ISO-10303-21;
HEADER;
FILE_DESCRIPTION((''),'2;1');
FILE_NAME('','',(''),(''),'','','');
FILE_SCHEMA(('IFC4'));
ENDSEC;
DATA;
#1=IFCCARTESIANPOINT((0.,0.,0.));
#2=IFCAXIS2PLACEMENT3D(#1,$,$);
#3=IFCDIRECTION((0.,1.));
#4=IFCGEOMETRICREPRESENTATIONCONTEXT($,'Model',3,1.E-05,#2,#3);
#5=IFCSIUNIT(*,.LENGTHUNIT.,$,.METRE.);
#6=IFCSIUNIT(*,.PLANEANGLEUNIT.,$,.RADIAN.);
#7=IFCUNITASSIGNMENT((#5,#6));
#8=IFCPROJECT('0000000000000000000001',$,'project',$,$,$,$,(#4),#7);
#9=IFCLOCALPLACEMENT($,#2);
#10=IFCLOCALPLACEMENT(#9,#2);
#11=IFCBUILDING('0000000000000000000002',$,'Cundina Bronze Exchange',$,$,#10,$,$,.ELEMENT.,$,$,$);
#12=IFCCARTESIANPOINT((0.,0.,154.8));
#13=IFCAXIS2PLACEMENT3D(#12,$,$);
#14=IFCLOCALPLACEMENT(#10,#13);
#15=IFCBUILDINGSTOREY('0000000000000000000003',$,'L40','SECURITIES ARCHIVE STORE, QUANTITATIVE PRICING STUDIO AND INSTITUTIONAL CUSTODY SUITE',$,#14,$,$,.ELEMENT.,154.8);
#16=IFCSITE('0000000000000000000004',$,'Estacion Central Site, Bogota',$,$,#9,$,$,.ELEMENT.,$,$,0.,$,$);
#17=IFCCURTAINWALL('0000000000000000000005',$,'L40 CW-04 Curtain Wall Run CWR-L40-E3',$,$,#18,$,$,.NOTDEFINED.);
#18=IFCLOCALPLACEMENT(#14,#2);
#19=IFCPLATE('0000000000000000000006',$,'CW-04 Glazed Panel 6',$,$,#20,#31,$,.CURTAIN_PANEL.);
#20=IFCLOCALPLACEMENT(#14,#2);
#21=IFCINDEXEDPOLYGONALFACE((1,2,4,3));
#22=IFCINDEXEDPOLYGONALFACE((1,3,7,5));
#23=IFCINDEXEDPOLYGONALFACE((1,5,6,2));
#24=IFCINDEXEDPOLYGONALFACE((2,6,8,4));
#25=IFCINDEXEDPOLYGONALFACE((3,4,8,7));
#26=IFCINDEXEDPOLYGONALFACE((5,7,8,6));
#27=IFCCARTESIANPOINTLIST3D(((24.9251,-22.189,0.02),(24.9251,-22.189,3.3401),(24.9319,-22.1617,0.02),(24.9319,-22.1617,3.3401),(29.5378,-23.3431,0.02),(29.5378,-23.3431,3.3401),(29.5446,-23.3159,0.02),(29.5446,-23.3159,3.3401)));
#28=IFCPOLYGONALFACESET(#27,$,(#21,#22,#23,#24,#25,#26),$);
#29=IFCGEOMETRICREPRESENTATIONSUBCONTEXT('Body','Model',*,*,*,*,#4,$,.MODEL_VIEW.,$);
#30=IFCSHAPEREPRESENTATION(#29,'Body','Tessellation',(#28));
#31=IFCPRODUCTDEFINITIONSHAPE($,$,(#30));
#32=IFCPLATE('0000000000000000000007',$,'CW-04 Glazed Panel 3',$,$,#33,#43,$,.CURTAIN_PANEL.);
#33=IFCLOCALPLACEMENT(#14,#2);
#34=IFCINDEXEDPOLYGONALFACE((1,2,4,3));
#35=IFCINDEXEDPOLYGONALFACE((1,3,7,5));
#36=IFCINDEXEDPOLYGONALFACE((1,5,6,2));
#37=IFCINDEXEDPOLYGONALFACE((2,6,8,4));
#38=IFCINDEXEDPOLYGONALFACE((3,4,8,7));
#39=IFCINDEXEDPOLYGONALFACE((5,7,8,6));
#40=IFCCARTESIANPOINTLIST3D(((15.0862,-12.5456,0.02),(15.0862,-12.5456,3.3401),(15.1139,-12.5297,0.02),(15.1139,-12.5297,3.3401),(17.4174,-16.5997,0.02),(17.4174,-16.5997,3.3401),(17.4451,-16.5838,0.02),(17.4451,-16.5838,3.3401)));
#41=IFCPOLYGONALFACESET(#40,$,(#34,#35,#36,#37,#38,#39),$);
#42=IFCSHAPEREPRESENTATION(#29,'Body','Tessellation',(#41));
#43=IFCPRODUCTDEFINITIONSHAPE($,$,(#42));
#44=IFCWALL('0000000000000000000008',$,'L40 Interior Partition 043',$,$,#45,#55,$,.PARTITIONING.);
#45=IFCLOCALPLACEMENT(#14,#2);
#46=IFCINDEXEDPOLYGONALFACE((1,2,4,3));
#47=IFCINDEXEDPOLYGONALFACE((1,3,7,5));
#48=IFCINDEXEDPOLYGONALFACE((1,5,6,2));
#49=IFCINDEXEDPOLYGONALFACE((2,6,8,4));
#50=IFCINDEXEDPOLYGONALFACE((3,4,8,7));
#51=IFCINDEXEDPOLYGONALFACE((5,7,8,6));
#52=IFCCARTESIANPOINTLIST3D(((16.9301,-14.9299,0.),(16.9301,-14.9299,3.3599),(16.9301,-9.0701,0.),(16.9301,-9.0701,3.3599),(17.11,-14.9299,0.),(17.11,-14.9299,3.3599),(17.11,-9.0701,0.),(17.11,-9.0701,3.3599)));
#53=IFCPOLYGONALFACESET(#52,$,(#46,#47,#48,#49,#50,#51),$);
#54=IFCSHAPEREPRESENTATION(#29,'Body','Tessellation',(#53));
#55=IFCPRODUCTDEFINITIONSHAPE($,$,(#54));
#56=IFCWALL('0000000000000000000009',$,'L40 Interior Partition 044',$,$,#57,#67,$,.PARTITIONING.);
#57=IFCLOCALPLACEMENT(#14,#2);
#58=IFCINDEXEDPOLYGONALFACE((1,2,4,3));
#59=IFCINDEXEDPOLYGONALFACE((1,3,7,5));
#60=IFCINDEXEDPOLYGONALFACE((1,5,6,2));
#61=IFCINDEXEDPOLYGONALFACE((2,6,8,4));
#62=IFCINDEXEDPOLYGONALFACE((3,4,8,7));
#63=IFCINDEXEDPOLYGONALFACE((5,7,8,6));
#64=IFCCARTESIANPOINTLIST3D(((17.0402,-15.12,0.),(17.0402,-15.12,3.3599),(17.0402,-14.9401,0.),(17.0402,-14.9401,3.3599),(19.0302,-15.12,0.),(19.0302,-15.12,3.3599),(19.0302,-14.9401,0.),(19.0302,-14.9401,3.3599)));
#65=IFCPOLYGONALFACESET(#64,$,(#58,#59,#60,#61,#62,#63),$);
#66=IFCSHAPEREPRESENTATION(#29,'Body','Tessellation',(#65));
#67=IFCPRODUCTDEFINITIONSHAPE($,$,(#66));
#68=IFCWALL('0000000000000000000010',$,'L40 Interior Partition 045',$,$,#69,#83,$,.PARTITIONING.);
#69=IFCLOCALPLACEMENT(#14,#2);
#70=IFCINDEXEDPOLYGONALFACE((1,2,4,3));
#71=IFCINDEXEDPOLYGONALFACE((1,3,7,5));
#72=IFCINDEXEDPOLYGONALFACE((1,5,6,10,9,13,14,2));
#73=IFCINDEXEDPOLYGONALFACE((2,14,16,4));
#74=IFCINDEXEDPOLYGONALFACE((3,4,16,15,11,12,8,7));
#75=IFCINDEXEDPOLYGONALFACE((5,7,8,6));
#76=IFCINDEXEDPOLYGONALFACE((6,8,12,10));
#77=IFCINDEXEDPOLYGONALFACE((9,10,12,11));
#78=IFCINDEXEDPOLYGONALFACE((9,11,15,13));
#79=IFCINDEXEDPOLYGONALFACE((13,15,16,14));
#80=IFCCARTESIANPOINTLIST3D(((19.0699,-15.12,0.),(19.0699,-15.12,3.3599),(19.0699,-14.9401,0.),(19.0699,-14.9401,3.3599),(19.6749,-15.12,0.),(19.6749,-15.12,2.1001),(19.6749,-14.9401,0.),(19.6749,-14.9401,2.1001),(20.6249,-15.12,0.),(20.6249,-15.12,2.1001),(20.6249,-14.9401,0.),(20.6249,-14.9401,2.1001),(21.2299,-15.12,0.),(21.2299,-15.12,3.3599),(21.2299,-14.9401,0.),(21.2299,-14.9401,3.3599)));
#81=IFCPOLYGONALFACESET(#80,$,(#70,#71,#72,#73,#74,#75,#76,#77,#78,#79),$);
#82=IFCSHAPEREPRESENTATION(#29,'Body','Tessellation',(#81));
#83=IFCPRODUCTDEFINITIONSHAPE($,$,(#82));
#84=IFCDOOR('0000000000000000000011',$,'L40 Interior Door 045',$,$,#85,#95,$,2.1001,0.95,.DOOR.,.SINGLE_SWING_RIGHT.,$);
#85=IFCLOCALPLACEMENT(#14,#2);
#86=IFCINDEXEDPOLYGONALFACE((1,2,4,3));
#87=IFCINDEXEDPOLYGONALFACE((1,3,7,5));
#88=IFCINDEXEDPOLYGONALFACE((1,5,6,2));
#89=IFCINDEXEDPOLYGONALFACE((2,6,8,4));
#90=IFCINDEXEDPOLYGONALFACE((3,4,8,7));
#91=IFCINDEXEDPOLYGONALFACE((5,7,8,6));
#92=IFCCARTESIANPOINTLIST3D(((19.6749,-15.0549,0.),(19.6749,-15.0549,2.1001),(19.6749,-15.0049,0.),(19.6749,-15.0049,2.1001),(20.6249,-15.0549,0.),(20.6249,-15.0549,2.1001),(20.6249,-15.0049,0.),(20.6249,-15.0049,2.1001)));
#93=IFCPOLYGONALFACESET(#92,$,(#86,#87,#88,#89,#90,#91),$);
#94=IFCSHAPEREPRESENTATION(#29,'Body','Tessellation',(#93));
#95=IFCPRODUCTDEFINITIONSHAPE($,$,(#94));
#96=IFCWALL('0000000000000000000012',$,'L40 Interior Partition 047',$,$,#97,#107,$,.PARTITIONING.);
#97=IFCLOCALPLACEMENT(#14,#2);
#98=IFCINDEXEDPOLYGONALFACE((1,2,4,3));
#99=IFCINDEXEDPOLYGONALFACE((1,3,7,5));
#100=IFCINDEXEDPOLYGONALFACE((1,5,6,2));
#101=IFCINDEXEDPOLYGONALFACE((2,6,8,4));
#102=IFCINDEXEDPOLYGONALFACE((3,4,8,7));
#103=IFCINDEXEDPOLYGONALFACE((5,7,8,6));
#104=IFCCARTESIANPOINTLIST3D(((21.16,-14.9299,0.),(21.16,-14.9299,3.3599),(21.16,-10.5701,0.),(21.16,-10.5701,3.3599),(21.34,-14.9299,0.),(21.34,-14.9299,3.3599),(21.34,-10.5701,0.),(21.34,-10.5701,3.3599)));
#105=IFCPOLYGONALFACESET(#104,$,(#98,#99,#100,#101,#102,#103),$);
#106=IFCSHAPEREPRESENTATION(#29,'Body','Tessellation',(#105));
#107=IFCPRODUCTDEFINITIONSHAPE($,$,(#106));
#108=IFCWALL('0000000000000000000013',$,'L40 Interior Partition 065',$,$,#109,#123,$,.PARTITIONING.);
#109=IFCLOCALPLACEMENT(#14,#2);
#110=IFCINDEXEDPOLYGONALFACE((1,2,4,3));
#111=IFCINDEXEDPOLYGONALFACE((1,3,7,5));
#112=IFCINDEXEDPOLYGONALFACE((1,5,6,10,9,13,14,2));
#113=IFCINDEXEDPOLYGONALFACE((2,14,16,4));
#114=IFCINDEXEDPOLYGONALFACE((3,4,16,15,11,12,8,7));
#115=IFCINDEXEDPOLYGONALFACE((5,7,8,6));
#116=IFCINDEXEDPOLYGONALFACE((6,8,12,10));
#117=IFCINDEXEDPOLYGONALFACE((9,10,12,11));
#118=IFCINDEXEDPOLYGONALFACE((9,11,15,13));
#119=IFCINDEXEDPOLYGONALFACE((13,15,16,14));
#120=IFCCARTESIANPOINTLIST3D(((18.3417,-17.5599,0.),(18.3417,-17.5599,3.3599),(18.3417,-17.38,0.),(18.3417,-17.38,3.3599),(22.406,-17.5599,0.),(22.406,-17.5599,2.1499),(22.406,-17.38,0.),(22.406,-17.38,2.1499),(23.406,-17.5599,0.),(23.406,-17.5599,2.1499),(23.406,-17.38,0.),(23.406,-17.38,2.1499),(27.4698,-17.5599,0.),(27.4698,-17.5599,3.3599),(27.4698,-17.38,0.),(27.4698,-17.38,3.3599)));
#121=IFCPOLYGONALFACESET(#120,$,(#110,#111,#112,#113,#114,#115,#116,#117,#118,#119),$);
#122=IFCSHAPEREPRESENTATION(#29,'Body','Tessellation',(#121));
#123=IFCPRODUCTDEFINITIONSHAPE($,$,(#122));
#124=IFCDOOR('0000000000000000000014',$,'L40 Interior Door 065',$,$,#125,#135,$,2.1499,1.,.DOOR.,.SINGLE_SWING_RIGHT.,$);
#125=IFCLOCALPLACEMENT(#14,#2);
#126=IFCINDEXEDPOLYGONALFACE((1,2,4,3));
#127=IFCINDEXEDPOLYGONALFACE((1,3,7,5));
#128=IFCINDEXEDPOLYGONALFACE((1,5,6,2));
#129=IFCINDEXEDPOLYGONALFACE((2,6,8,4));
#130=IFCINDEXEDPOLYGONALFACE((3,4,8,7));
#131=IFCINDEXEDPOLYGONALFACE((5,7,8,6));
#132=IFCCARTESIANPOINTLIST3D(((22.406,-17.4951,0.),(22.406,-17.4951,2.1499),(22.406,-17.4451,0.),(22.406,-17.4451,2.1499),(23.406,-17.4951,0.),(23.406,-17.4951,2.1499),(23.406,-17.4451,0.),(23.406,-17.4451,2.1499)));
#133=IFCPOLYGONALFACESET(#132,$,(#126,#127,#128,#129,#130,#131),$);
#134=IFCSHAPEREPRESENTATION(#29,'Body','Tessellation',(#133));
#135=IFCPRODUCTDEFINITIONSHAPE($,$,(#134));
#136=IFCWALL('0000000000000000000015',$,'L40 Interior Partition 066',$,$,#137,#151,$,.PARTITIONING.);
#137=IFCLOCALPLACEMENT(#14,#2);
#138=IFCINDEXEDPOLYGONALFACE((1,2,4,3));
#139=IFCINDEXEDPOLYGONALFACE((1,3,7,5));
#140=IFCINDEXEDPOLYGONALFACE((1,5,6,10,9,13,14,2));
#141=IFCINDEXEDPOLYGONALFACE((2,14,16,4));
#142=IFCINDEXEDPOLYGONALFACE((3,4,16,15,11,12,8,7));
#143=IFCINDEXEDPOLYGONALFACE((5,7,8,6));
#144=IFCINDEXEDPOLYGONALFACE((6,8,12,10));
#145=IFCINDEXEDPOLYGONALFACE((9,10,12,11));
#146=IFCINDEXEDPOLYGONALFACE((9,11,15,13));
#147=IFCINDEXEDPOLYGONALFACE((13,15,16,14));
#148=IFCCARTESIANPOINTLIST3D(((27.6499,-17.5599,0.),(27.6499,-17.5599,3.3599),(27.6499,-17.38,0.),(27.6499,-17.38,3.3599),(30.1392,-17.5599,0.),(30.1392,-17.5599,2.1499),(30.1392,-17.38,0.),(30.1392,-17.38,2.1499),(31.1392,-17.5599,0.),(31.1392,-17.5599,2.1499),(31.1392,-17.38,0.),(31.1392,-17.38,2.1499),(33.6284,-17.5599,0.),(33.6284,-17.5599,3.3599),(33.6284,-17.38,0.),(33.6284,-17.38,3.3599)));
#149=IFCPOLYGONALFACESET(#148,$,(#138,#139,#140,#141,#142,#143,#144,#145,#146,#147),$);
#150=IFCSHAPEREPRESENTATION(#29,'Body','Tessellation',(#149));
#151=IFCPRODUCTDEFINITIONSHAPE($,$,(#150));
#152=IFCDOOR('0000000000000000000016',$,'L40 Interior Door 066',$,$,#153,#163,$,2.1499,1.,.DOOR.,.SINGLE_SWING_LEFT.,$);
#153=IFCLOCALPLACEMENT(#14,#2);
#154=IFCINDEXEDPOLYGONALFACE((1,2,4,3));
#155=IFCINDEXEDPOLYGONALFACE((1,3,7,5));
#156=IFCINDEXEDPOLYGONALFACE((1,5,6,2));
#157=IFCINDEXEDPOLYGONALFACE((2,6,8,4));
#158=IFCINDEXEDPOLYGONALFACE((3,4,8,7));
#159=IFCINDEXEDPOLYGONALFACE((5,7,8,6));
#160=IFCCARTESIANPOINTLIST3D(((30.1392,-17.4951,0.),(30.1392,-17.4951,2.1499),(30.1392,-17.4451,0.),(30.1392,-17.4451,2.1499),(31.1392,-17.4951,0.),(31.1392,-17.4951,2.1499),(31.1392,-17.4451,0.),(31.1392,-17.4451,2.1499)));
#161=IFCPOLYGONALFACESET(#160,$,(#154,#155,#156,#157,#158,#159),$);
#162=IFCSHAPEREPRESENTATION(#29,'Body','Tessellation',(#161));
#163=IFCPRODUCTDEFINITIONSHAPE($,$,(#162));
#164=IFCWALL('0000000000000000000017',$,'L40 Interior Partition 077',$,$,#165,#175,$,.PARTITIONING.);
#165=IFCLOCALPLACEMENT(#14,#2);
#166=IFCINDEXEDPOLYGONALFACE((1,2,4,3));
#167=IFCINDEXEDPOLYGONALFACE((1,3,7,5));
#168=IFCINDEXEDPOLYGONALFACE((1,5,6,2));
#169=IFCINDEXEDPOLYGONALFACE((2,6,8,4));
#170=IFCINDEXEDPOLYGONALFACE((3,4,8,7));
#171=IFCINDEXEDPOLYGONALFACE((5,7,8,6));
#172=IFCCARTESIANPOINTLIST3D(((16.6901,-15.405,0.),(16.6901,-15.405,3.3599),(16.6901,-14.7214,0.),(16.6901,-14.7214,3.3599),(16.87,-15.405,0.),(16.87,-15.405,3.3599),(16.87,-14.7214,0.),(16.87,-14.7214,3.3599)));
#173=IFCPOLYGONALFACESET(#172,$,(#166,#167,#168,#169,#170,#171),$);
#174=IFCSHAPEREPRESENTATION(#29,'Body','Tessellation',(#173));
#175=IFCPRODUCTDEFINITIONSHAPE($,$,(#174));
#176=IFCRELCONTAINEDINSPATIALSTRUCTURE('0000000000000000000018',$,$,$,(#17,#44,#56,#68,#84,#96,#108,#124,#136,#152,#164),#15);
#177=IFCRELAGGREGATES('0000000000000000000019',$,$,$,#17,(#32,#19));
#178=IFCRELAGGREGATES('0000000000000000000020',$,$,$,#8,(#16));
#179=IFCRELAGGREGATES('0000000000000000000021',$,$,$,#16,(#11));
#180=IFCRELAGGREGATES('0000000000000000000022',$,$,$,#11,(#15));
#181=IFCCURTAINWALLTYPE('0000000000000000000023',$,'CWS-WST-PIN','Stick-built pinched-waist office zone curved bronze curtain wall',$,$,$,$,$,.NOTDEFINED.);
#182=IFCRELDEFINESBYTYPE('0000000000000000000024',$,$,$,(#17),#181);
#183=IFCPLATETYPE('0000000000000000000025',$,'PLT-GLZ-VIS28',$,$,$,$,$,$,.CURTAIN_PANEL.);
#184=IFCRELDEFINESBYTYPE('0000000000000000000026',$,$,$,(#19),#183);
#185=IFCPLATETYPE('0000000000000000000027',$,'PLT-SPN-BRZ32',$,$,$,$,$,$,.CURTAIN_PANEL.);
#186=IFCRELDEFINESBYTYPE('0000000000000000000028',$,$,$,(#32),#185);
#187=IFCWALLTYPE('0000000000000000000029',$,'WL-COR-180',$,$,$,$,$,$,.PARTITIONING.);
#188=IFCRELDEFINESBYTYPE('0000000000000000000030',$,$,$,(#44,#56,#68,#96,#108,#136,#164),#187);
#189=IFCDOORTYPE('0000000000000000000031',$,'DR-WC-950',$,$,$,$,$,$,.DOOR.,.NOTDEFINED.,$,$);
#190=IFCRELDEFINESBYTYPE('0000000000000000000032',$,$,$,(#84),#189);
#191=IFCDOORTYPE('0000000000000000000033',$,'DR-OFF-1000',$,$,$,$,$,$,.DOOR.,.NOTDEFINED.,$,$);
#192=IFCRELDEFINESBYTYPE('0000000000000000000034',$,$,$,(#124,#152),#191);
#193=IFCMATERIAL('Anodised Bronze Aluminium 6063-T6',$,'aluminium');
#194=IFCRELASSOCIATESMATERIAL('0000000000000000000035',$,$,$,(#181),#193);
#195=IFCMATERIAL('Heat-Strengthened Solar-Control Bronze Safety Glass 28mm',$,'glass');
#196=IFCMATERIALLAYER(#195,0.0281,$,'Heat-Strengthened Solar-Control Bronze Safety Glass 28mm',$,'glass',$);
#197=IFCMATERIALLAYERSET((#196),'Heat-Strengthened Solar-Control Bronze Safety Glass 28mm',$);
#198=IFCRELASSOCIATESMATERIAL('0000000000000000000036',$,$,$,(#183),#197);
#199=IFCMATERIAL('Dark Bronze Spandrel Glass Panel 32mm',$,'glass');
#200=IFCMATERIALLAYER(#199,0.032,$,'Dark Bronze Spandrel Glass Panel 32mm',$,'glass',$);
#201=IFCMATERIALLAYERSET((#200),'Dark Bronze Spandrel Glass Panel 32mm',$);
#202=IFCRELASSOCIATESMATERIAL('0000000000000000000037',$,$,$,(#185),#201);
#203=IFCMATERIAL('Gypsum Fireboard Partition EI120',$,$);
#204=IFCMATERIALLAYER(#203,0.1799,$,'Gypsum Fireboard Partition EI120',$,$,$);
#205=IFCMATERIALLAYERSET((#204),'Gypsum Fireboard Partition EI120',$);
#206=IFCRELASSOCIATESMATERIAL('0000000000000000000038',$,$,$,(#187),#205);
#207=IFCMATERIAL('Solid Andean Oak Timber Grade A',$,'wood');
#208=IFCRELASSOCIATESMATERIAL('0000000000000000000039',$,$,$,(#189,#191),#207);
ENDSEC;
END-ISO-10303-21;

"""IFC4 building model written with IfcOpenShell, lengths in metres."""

from ifc_helpers import new_model, si_unit, direction, frame, frame_2d, origin, origin_2d, place, context, subcontext, project, spatial, rectangle, extrude, material, layer, layer_set, type_object, element, fill, aggregate, save


model = new_model("IFC4")

# Units and contexts
model_context = context("Model", 3, precision=1e-05, world=origin(), true_north=direction((0.0, 1.0)))
body_context = subcontext(model_context, "Body", "Model", "MODEL_VIEW")
ifc_project = project(units=[si_unit("LENGTHUNIT", "METRE"), si_unit("PLANEANGLEUNIT", "RADIAN")], contexts=[model_context])

# Site, building, storey
site_placement = place(None, origin())
site = spatial("IfcSite", under=ifc_project, at=site_placement, Name="Estacion Central Site, Bogota", CompositionType="ELEMENT", RefElevation=0.0)
building_placement = place(site_placement, origin())
building = spatial("IfcBuilding", under=site, at=building_placement, Name="Cundina Bronze Exchange", CompositionType="ELEMENT")
storey_placement = place(building_placement, frame((0.0, 0.0, 154.8)))
storey = spatial("IfcBuildingStorey", under=building, at=storey_placement, Name="L40", Description="SECURITIES ARCHIVE STORE, QUANTITATIVE PRICING STUDIO AND INSTITUTIONAL CUSTODY SUITE", CompositionType="ELEMENT", Elevation=154.8)

# Curtain wall, plates
ifc_material_1 = material(Name="Anodised Bronze Aluminium 6063-T6", Category="aluminium")
curtain_wall_type = type_object("IfcCurtainWallType", Name="CWS-WST-PIN", Description="Stick-built pinched-waist office zone curved bronze curtain wall", PredefinedType="NOTDEFINED", material=ifc_material_1)
curtain_wall_placement = place(storey_placement, origin())
curtain_wall = element("IfcCurtainWall", 1, at=curtain_wall_placement, inside=storey, type_object=curtain_wall_type, Name="L40 CW-04 Curtain Wall Run CWR-L40-E3", PredefinedType="NOTDEFINED")
ifc_material_2 = material(Name="Heat-Strengthened Solar-Control Bronze Safety Glass 28mm", Category="glass")
ifc_layer_1 = layer(ifc_material_2, 0.0281, Name="Heat-Strengthened Solar-Control Bronze Safety Glass 28mm", Category="glass")
ifc_layer_set_1 = layer_set([ifc_layer_1], Name="Heat-Strengthened Solar-Control Bronze Safety Glass 28mm")
plate_type_1 = type_object("IfcPlateType", Name="PLT-GLZ-VIS28", PredefinedType="CURTAIN_PANEL", material=ifc_layer_set_1)
plate_1_placement = place(storey_placement, frame((27.2349, -22.7524, 0.02), z_axis=(0.0, 0.0, 1.0), x_axis=(0.970093, -0.242735, 0.0)))
plate_1 = element("IfcPlate", 2, at=plate_1_placement, type_object=plate_type_1, Name="CW-04 Glazed Panel 6", PredefinedType="CURTAIN_PANEL", context=body_context, shape_type="SweptSolid", body=[
    extrude(rectangle(XDim=4.7549, YDim=0.0281, at=origin_2d()), origin(), (0.0, 0.0, 1.0), 3.3201),
])
ifc_material_3 = material(Name="Dark Bronze Spandrel Glass Panel 32mm", Category="glass")
ifc_layer_2 = layer(ifc_material_3, 0.032, Name="Dark Bronze Spandrel Glass Panel 32mm", Category="glass")
ifc_layer_set_2 = layer_set([ifc_layer_2], Name="Dark Bronze Spandrel Glass Panel 32mm")
plate_type_2 = type_object("IfcPlateType", Name="PLT-SPN-BRZ32", PredefinedType="CURTAIN_PANEL", material=ifc_layer_set_2)
plate_2_placement = place(storey_placement, frame((16.2656, -14.5647, 0.02), z_axis=(0.0, 0.0, 1.0), x_axis=(0.498488, -0.866897, 0.0)))
plate_2 = element("IfcPlate", 3, at=plate_2_placement, type_object=plate_type_2, Name="CW-04 Glazed Panel 3", PredefinedType="CURTAIN_PANEL", context=body_context, shape_type="SweptSolid", body=[
    extrude(rectangle(XDim=4.6765, YDim=0.032, at=origin_2d()), origin(), (0.0, 0.0, 1.0), 3.3201),
])
aggregate(curtain_wall, [plate_2, plate_1])

# Walls
ifc_material_4 = material(Name="Gypsum Fireboard Partition EI120")
ifc_layer_3 = layer(ifc_material_4, 0.1799, Name="Gypsum Fireboard Partition EI120")
ifc_layer_set_3 = layer_set([ifc_layer_3], Name="Gypsum Fireboard Partition EI120")
wall_type_1 = type_object("IfcWallType", Name="WL-COR-180", PredefinedType="PARTITIONING", material=ifc_layer_set_3)
wall_1_placement = place(storey_placement, frame((17.02, -14.9299, 0.0), z_axis=(0.0, 0.0, 1.0), x_axis=(0.0, 1.0, 0.0)))
element("IfcWall", 4, at=wall_1_placement, inside=storey, type_object=wall_type_1, Name="L40 Interior Partition 043", PredefinedType="PARTITIONING", context=body_context, shape_type="SweptSolid", body=[
    extrude(rectangle(XDim=5.8599, YDim=0.1799, at=frame_2d((2.9299, 0.0))), origin(), (0.0, 0.0, 1.0), 3.3599),
])
wall_2_placement = place(storey_placement, frame((17.04, -15.03, 0.0), z_axis=(0.0, 0.0, 1.0), x_axis=(1.0, 0.0, 0.0)))
element("IfcWall", 5, at=wall_2_placement, inside=storey, type_object=wall_type_1, Name="L40 Interior Partition 044", PredefinedType="PARTITIONING", context=body_context, shape_type="SweptSolid", body=[
    extrude(rectangle(XDim=1.99, YDim=0.1799, at=frame_2d((0.9951, 0.0))), origin(), (0.0, 0.0, 1.0), 3.3599),
])

# Wall, opening, door
wall_3_placement = place(storey_placement, frame((21.23, -15.03, 0.0), z_axis=(0.0, 0.0, 1.0), x_axis=(-1.0, 0.0, 0.0)))
wall_3 = element("IfcWall", 6, at=wall_3_placement, inside=storey, type_object=wall_type_1, Name="L40 Interior Partition 045", PredefinedType="PARTITIONING", context=body_context, shape_type="SweptSolid", body=[
    extrude(rectangle(XDim=2.1599, YDim=0.1799, at=frame_2d((1.0801, 0.0))), origin(), (0.0, 0.0, 1.0), 3.3599),
])
opening_1_placement = place(wall_3_placement, frame((0.605, 0.0, 0.0)))
opening_1 = element("IfcOpeningElement", 7, at=opening_1_placement, cuts=wall_3, PredefinedType="OPENING", context=body_context, shape_type="SweptSolid", body=[
    extrude(rectangle(XDim=0.95, YDim=2.1001, at=frame_2d((0.4751, 1.05))), frame((0.0, 0.0999, 0.0), z_axis=(0.0, -1.0, 0.0), x_axis=(1.0, 0.0, 0.0)), (0.0, 0.0, 1.0), 0.2),
])
ifc_material_5 = material(Name="Solid Andean Oak Timber Grade A", Category="wood")
door_type_1 = type_object("IfcDoorType", Name="DR-WC-950", OperationType="NOTDEFINED", PredefinedType="DOOR", material=ifc_material_5)
door_1_placement = place(opening_1_placement, origin())
door_1 = element("IfcDoor", 8, at=door_1_placement, inside=storey, type_object=door_type_1, Name="L40 Interior Door 045", OperationType="SINGLE_SWING_RIGHT", OverallHeight=2.1001, OverallWidth=0.95, PredefinedType="DOOR", context=body_context, shape_type="SweptSolid", body=[
    extrude(rectangle(XDim=0.95, YDim=2.1001, at=frame_2d((0.4751, 1.05))), frame((0.0, 0.0249, 0.0), z_axis=(0.0, -1.0, 0.0), x_axis=(1.0, 0.0, 0.0)), (0.0, 0.0, 1.0), 0.05),
])
fill(opening_1, door_1)

# Wall
wall_4_placement = place(storey_placement, frame((21.25, -14.9299, 0.0), z_axis=(0.0, 0.0, 1.0), x_axis=(0.0, 1.0, 0.0)))
element("IfcWall", 9, at=wall_4_placement, inside=storey, type_object=wall_type_1, Name="L40 Interior Partition 047", PredefinedType="PARTITIONING", context=body_context, shape_type="SweptSolid", body=[
    extrude(rectangle(XDim=4.3599, YDim=0.1799, at=frame_2d((2.1799, 0.0))), origin(), (0.0, 0.0, 1.0), 3.3599),
])

# Walls, openings, doors
wall_5_placement = place(storey_placement, frame((18.3418, -17.47, 0.0), z_axis=(0.0, 0.0, 1.0), x_axis=(1.0, 0.0, 0.0)))
wall_5 = element("IfcWall", 10, at=wall_5_placement, inside=storey, type_object=wall_type_1, Name="L40 Interior Partition 065", PredefinedType="PARTITIONING", context=body_context, shape_type="SweptSolid", body=[
    extrude(rectangle(XDim=9.1282, YDim=0.1799, at=frame_2d((4.564, 0.0))), origin(), (0.0, 0.0, 1.0), 3.3599),
])
opening_2_placement = place(wall_5_placement, frame((4.0642, 0.0, 0.0)))
opening_2 = element("IfcOpeningElement", 11, at=opening_2_placement, cuts=wall_5, PredefinedType="OPENING", context=body_context, shape_type="SweptSolid", body=[
    extrude(rectangle(XDim=1.0, YDim=2.1499, at=frame_2d((0.5, 1.075))), frame((0.0, 0.0999, 0.0), z_axis=(0.0, -1.0, 0.0), x_axis=(1.0, 0.0, 0.0)), (0.0, 0.0, 1.0), 0.2),
])
door_type_2 = type_object("IfcDoorType", Name="DR-OFF-1000", OperationType="NOTDEFINED", PredefinedType="DOOR", material=ifc_material_5)
door_2_placement = place(opening_2_placement, origin())
door_2 = element("IfcDoor", 12, at=door_2_placement, inside=storey, type_object=door_type_2, Name="L40 Interior Door 065", OperationType="SINGLE_SWING_RIGHT", OverallHeight=2.1499, OverallWidth=1.0, PredefinedType="DOOR", context=body_context, shape_type="SweptSolid", body=[
    extrude(rectangle(XDim=1.0, YDim=2.1499, at=frame_2d((0.5, 1.075))), frame((0.0, 0.0249, 0.0), z_axis=(0.0, -1.0, 0.0), x_axis=(1.0, 0.0, 0.0)), (0.0, 0.0, 1.0), 0.05),
])
fill(opening_2, door_2)
wall_6_placement = place(storey_placement, frame((27.6499, -17.47, 0.0), z_axis=(0.0, 0.0, 1.0), x_axis=(1.0, 0.0, 0.0)))
wall_6 = element("IfcWall", 13, at=wall_6_placement, inside=storey, type_object=wall_type_1, Name="L40 Interior Partition 066", PredefinedType="PARTITIONING", context=body_context, shape_type="SweptSolid", body=[
    extrude(rectangle(XDim=5.9785, YDim=0.1799, at=frame_2d((2.9893, 0.0))), origin(), (0.0, 0.0, 1.0), 3.3599),
])
opening_3_placement = place(wall_6_placement, frame((2.4893, 0.0, 0.0)))
opening_3 = element("IfcOpeningElement", 14, at=opening_3_placement, cuts=wall_6, PredefinedType="OPENING", context=body_context, shape_type="SweptSolid", body=[
    extrude(rectangle(XDim=1.0, YDim=2.1499, at=frame_2d((0.5, 1.075))), frame((0.0, 0.0999, 0.0), z_axis=(0.0, -1.0, 0.0), x_axis=(1.0, 0.0, 0.0)), (0.0, 0.0, 1.0), 0.2),
])
door_3_placement = place(opening_3_placement, origin())
door_3 = element("IfcDoor", 15, at=door_3_placement, inside=storey, type_object=door_type_2, Name="L40 Interior Door 066", OperationType="SINGLE_SWING_LEFT", OverallHeight=2.1499, OverallWidth=1.0, PredefinedType="DOOR", context=body_context, shape_type="SweptSolid", body=[
    extrude(rectangle(XDim=1.0, YDim=2.1499, at=frame_2d((0.5, 1.075))), frame((0.0, 0.0249, 0.0), z_axis=(0.0, -1.0, 0.0), x_axis=(1.0, 0.0, 0.0)), (0.0, 0.0, 1.0), 0.05),
])
fill(opening_3, door_3)

# Wall
wall_7_placement = place(storey_placement, frame((16.78, -14.7214, 0.0), z_axis=(0.0, 0.0, 1.0), x_axis=(0.0, -1.0, 0.0)))
element("IfcWall", 16, at=wall_7_placement, inside=storey, type_object=wall_type_1, Name="L40 Interior Partition 077", PredefinedType="PARTITIONING", context=body_context, shape_type="SweptSolid", body=[
    extrude(rectangle(XDim=0.6836, YDim=0.1799, at=frame_2d((0.3418, 0.0))), origin(), (0.0, 0.0, 1.0), 3.3599),
])

save(model, "model.ifc")
